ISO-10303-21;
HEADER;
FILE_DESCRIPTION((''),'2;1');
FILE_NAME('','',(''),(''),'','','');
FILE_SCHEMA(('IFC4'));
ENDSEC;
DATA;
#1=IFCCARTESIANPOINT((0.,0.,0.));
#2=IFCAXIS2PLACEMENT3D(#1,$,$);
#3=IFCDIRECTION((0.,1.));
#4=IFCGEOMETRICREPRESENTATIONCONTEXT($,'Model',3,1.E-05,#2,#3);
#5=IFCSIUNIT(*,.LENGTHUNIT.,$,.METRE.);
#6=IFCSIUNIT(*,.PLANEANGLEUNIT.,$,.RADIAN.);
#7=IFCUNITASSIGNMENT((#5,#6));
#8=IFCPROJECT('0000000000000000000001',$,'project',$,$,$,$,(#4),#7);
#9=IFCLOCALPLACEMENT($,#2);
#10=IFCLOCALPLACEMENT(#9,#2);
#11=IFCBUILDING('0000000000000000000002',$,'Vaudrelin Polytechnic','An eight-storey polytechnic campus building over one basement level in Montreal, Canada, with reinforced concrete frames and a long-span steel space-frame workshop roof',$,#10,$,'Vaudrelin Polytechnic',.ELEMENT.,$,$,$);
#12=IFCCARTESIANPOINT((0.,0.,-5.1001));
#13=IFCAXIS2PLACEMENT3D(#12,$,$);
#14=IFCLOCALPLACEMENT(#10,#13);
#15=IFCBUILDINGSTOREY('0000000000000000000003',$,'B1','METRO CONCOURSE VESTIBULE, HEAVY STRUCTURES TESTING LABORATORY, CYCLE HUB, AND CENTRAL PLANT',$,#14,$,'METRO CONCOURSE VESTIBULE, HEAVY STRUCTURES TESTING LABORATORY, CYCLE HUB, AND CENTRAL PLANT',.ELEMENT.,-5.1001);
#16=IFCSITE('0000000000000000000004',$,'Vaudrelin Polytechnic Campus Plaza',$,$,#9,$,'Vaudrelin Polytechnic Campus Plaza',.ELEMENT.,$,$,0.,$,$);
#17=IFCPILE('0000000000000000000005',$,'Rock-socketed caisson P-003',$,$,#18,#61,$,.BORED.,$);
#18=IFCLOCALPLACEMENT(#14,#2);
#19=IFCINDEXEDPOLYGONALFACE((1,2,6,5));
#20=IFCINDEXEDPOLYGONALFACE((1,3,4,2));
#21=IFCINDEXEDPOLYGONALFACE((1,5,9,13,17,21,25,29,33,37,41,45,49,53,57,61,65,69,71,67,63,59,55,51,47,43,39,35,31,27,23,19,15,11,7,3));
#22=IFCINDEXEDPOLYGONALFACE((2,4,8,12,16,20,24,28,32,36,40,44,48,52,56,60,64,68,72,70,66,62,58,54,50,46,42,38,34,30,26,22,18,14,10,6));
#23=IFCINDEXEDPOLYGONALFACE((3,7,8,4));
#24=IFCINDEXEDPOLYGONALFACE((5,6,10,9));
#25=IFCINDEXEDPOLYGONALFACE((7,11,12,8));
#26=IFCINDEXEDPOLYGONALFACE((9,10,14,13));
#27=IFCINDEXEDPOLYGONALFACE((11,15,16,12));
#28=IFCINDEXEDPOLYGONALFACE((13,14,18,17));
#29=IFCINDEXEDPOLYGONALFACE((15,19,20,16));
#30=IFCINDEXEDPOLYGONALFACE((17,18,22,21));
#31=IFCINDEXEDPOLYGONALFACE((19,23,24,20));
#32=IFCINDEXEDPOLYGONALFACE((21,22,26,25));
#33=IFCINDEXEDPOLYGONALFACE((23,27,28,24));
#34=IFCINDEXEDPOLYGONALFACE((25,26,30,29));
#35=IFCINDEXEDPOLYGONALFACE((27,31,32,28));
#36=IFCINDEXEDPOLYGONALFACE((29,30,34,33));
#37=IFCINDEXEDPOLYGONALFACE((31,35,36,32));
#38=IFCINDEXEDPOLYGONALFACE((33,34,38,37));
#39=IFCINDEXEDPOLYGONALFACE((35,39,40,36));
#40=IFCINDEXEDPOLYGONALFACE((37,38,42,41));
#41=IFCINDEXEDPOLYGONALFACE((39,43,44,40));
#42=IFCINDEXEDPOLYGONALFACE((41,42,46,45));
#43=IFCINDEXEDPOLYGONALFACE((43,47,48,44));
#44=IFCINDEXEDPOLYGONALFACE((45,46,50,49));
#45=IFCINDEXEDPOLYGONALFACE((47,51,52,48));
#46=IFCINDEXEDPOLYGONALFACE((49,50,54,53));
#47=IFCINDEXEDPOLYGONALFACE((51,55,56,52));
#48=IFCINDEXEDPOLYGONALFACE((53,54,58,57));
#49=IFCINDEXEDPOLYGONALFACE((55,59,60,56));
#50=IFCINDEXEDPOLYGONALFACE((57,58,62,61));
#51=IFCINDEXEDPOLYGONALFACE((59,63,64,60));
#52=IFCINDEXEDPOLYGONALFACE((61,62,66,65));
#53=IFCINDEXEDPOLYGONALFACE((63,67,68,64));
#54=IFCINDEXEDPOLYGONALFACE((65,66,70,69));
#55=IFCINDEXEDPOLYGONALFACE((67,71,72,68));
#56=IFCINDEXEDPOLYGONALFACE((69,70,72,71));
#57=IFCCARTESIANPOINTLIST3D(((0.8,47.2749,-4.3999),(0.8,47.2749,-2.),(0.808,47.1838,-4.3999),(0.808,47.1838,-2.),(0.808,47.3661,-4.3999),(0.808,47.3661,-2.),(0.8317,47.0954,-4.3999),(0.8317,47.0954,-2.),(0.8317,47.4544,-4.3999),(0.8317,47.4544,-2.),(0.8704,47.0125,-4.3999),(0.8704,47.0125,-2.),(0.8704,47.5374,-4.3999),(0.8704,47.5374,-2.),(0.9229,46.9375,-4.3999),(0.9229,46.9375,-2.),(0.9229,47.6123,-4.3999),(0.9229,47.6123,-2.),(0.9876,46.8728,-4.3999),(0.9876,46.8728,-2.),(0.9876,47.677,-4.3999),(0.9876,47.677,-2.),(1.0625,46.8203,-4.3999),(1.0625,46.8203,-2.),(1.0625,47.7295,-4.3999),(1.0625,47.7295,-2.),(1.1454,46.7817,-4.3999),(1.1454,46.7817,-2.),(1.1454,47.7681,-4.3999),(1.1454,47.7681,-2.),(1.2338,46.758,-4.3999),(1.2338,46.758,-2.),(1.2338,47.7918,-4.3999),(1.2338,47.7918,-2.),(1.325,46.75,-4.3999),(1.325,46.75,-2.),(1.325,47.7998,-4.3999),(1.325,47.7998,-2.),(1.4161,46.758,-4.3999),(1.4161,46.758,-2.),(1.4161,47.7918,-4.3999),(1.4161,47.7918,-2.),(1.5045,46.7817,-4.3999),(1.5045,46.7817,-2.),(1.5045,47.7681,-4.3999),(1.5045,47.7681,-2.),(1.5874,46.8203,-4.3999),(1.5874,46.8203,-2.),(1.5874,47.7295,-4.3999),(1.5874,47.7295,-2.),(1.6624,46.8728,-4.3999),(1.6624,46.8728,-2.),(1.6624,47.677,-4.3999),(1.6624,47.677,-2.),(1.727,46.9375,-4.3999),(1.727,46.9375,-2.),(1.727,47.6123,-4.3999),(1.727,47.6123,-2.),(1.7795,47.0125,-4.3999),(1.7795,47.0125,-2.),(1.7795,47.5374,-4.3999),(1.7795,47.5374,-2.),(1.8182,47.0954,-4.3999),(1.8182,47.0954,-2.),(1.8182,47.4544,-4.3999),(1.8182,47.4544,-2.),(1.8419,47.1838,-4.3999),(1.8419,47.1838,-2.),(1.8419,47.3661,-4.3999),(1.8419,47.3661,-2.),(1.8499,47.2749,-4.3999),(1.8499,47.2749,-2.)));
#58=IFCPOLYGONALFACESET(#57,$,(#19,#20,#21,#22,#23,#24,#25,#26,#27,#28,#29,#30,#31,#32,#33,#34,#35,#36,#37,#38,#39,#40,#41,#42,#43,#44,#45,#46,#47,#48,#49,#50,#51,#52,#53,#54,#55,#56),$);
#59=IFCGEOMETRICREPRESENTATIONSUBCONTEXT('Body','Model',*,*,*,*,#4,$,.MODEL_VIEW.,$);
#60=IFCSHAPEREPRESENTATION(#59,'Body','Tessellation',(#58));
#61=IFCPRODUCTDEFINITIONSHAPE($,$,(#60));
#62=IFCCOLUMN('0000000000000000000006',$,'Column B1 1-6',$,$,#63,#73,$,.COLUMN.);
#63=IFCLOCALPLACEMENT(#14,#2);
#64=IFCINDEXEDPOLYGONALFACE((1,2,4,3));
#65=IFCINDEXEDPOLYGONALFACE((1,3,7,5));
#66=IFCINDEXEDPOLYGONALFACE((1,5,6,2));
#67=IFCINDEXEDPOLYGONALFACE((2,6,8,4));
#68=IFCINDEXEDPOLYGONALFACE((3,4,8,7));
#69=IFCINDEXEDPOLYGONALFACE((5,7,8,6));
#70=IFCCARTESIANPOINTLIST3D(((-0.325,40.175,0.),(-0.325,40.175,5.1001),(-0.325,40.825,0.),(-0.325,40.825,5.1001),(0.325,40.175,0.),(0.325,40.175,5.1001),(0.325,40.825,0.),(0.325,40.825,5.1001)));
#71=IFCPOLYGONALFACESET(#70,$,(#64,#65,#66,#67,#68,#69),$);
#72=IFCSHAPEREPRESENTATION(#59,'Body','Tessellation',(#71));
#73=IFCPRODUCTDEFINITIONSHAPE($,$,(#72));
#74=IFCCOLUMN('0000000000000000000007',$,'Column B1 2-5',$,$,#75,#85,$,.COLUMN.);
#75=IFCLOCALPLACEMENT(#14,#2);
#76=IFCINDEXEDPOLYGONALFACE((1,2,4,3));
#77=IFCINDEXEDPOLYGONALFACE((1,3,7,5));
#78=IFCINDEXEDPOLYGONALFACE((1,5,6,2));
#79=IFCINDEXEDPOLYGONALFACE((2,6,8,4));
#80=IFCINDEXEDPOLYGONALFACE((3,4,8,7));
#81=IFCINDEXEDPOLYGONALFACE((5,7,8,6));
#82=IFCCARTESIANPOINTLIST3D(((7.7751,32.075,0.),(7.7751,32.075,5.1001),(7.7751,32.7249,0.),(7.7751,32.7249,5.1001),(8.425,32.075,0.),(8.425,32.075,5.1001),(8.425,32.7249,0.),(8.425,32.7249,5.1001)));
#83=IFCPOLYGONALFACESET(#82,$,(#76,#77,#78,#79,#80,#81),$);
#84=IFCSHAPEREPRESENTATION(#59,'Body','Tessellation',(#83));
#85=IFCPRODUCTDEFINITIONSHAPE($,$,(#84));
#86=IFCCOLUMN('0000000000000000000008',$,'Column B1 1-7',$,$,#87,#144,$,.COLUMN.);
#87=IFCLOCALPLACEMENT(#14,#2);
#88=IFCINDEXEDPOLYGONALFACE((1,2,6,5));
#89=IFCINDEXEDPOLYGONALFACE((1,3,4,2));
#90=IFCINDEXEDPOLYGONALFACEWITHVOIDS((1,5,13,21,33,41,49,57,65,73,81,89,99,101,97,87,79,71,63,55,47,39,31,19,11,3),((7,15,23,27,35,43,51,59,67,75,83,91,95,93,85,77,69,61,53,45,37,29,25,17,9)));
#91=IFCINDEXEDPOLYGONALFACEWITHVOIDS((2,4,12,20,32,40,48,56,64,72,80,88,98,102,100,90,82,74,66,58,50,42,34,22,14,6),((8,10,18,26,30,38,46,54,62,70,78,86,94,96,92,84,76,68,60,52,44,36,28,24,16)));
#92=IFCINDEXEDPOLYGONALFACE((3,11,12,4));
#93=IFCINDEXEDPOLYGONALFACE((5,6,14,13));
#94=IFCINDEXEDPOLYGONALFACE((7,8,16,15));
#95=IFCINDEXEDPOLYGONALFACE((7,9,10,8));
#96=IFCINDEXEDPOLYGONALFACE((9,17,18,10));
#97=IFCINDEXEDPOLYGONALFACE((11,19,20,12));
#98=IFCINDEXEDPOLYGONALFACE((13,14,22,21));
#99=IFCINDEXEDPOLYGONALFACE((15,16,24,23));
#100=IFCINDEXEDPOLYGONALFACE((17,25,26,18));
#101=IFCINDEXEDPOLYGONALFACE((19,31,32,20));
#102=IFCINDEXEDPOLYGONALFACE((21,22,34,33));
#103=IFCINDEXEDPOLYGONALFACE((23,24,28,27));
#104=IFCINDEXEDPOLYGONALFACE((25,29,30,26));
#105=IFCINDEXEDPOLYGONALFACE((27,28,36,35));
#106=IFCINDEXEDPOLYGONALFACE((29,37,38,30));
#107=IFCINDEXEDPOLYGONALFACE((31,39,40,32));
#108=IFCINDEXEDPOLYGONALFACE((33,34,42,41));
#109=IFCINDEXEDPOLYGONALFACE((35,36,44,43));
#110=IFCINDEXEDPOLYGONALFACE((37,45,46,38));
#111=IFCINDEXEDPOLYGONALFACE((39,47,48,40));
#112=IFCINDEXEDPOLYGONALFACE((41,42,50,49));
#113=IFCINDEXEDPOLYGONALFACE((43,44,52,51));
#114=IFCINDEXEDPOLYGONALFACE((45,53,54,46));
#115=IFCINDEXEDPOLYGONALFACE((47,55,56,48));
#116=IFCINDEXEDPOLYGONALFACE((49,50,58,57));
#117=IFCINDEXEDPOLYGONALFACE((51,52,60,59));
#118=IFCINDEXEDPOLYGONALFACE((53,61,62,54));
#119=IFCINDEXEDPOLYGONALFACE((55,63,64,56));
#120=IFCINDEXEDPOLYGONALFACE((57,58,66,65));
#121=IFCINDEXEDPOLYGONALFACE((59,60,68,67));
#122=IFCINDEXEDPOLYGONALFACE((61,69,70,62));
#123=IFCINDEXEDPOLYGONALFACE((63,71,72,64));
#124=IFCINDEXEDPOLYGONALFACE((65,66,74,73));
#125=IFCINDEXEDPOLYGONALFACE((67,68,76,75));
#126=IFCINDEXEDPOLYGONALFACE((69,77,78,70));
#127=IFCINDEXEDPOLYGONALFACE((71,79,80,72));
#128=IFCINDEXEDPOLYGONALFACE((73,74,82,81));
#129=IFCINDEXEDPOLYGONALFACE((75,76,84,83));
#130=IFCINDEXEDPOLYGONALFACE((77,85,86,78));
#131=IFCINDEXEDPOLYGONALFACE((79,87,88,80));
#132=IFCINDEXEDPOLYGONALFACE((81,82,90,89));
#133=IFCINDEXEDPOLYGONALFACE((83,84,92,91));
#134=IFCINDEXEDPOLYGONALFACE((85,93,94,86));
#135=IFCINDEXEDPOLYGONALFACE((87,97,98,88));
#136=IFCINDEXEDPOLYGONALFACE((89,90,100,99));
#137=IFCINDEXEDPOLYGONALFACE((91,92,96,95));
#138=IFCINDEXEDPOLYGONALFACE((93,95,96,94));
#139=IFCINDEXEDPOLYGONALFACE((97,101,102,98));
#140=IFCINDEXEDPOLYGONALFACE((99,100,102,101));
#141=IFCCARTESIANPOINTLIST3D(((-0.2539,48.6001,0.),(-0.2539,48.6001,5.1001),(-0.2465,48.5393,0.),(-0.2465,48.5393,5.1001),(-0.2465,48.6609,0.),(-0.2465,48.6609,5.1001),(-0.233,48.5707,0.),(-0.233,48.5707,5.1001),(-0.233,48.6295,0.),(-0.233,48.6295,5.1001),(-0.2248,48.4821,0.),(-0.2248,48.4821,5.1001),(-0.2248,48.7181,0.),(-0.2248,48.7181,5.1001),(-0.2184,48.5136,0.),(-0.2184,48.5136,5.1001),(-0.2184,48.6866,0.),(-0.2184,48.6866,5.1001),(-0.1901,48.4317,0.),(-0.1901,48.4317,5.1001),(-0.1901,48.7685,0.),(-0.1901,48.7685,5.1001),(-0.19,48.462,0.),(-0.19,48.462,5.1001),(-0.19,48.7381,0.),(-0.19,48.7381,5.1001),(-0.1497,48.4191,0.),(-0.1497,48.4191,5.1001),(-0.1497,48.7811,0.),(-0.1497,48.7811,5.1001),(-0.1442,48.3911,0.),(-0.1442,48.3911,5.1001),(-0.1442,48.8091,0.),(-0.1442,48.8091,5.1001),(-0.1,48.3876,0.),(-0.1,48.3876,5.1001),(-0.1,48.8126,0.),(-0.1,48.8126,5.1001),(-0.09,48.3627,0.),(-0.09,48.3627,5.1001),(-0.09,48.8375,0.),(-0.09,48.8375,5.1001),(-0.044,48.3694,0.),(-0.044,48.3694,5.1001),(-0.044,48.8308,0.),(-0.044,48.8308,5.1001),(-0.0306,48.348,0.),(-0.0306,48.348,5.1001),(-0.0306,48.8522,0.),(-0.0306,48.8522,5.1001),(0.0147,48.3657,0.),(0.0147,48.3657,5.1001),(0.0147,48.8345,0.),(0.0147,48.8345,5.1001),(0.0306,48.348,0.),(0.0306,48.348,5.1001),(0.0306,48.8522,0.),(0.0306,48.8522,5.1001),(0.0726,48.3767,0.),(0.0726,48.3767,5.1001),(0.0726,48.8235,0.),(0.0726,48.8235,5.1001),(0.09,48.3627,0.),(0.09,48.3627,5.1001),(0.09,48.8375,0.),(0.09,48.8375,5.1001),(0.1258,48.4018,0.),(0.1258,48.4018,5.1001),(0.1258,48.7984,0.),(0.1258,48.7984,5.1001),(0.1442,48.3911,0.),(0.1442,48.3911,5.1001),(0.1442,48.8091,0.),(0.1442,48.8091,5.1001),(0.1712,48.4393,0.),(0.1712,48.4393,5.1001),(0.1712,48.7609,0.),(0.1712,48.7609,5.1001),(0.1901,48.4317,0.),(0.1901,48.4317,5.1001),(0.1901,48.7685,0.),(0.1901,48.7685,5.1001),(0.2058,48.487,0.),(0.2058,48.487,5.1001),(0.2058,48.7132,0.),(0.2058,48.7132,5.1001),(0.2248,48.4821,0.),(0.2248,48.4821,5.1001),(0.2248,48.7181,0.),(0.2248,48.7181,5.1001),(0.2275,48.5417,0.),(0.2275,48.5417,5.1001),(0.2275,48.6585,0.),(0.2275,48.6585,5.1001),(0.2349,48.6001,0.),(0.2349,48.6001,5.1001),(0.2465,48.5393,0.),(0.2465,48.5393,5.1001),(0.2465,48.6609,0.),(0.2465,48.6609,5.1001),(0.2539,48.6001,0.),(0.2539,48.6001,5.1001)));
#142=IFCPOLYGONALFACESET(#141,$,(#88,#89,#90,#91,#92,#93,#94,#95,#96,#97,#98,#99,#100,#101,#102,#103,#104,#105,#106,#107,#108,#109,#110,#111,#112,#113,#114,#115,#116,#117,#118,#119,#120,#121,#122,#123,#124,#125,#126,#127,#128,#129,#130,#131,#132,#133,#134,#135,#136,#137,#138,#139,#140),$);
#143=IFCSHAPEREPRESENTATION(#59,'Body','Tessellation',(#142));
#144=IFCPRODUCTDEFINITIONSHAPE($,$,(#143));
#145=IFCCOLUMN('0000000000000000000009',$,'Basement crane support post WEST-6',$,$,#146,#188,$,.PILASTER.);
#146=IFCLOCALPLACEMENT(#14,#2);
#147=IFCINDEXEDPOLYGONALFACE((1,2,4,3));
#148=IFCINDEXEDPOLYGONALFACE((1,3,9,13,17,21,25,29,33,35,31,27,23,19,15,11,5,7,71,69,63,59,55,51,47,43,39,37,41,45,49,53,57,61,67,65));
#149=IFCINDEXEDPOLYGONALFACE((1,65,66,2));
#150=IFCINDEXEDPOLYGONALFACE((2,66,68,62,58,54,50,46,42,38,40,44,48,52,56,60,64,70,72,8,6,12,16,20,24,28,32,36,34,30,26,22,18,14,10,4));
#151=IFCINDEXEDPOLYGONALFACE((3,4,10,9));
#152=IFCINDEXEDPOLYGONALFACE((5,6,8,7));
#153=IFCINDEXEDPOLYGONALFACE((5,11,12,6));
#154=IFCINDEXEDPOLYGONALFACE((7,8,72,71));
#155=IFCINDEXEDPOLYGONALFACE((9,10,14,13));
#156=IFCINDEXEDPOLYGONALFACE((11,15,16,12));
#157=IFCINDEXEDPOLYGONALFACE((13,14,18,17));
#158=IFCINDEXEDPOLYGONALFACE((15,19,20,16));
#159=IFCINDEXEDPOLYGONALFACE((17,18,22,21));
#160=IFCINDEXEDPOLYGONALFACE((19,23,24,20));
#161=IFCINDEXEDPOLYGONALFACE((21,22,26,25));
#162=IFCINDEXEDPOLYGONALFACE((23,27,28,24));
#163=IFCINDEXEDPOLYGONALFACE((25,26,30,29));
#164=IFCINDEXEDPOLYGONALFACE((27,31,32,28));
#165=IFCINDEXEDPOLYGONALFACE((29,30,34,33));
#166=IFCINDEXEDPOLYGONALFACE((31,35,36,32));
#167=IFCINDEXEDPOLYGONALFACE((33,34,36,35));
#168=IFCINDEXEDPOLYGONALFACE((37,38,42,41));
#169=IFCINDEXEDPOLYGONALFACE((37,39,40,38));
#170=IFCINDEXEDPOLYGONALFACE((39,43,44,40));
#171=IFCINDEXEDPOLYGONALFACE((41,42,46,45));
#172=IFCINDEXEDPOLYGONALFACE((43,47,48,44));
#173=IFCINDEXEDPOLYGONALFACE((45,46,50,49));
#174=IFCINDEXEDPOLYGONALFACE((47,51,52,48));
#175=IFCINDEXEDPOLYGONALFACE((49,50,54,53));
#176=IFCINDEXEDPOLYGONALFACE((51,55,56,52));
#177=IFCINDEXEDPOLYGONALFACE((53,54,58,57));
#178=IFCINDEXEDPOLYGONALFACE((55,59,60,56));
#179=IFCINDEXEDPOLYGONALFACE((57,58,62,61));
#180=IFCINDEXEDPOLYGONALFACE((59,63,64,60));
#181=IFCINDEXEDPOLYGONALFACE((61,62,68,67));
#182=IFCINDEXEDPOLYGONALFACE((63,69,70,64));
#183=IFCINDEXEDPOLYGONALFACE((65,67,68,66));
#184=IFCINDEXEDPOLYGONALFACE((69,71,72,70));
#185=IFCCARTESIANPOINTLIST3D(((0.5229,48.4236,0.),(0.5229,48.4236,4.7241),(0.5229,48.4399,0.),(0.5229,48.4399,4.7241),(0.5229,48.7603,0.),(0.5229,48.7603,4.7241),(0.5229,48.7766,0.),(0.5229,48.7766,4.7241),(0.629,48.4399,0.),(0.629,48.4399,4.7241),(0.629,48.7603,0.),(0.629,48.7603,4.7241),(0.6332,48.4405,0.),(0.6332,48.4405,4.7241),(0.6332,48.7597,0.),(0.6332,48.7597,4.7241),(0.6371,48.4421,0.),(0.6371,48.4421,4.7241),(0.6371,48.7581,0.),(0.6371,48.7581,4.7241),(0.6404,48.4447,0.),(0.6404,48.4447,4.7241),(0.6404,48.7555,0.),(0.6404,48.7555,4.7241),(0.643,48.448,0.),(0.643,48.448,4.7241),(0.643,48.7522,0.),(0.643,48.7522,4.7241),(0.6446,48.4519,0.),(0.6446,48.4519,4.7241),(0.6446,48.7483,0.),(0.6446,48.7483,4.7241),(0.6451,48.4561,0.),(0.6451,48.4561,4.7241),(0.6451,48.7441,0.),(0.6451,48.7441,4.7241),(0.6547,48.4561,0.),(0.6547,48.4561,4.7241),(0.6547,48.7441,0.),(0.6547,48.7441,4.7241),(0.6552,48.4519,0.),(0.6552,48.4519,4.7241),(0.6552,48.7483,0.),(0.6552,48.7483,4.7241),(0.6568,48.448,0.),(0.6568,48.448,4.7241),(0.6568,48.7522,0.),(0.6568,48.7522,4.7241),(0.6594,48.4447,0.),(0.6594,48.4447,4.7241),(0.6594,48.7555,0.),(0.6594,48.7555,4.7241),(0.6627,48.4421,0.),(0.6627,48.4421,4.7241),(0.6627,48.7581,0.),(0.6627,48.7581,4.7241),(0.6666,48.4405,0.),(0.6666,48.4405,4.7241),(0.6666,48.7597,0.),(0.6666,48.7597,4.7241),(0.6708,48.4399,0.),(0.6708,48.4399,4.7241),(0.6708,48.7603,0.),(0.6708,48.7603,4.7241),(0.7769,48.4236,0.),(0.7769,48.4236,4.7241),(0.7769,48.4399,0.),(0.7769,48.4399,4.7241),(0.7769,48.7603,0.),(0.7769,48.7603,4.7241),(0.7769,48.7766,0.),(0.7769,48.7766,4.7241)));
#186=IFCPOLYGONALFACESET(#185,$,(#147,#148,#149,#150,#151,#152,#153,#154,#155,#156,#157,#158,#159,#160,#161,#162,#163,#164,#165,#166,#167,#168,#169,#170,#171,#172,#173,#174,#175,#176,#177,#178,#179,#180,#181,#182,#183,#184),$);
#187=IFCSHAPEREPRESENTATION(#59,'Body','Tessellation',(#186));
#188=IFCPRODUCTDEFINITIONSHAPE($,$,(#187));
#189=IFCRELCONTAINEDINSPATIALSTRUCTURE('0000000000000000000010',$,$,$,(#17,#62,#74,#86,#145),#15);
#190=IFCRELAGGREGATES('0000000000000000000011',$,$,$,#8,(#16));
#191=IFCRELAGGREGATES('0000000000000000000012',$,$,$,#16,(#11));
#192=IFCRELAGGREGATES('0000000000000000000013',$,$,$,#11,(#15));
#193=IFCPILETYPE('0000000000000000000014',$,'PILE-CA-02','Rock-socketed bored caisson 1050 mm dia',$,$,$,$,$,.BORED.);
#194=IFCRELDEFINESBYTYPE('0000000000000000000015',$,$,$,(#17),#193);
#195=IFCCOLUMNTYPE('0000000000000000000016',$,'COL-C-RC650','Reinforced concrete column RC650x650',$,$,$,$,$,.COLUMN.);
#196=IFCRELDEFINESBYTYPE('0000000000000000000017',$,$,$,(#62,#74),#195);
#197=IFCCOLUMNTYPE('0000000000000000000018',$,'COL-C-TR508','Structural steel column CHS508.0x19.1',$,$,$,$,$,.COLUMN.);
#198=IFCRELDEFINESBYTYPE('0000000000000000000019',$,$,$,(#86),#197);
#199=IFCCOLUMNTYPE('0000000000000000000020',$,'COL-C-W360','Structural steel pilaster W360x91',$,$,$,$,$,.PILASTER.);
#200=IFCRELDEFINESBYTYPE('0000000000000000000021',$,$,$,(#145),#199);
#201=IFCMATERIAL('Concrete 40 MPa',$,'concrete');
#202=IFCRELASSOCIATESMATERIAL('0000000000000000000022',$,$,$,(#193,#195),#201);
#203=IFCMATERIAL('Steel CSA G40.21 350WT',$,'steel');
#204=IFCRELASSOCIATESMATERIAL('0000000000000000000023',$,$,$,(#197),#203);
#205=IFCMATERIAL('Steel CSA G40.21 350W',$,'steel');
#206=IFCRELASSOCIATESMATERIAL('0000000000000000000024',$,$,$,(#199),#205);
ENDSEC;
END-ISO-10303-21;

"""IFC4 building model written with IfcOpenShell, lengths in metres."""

from ifc_helpers import new_model, si_unit, direction, frame, origin, origin_2d, place, context, subcontext, project, spatial, rectangle, circle, hollow_circle, i_section, extrude, material, material_profile, profile_set, type_object, element, save


model = new_model("IFC4")

# Units and contexts
model_context = context("Model", 3, precision=1e-05, world=origin(), true_north=direction((0.0, 1.0)))
body_context = subcontext(model_context, "Body", "Model", "MODEL_VIEW")
ifc_project = project(units=[si_unit("LENGTHUNIT", "METRE"), si_unit("PLANEANGLEUNIT", "RADIAN")], contexts=[model_context])

# Site, building, storey
site_placement = place(None, origin())
site = spatial("IfcSite", under=ifc_project, at=site_placement, Name="Vaudrelin Polytechnic Campus Plaza", LongName="Vaudrelin Polytechnic Campus Plaza", CompositionType="ELEMENT", RefElevation=0.0)
building_placement = place(site_placement, origin())
building = spatial("IfcBuilding", under=site, at=building_placement, Name="Vaudrelin Polytechnic", Description="An eight-storey polytechnic campus building over one basement level in Montreal, Canada, with reinforced concrete frames and a long-span steel space-frame workshop roof", LongName="Vaudrelin Polytechnic", CompositionType="ELEMENT")
storey_placement = place(building_placement, frame((0.0, 0.0, -5.1001)))
storey = spatial("IfcBuildingStorey", under=building, at=storey_placement, Name="B1", Description="METRO CONCOURSE VESTIBULE, HEAVY STRUCTURES TESTING LABORATORY, CYCLE HUB, AND CENTRAL PLANT", LongName="METRO CONCOURSE VESTIBULE, HEAVY STRUCTURES TESTING LABORATORY, CYCLE HUB, AND CENTRAL PLANT", CompositionType="ELEMENT", Elevation=-5.1001)

# Shared definitions
ifc_material_1 = material(Name="Concrete 40 MPa", Category="concrete")

# Pile
ifc_material_profile_1 = material_profile(ifc_material_1, circle(Radius=0.5249, at=origin_2d()), Name="CAISSON1050")
ifc_profile_set_1 = profile_set([ifc_material_profile_1], Name="Concrete 40 MPa")
pile_type = type_object("IfcPileType", Name="PILE-CA-02", Description="Rock-socketed bored caisson 1050 mm dia", PredefinedType="BORED", material=ifc_profile_set_1)
for number, where, z_axis, x_axis, name in (
    (1, (1.325, 47.2749, -2.0), (0.0, 0.0, -1.0), (1.0, 0.0, 0.0), "Rock-socketed caisson P-003"),
):
    element("IfcPile", number, at=place(storey_placement, frame(where, z_axis=z_axis, x_axis=x_axis)), inside=storey, type_object=pile_type, Name=name, PredefinedType="BORED", context=body_context, shape_type="SweptSolid", body=[
        extrude(circle(Radius=0.5249, at=origin_2d()), origin(), (0.0, 0.0, 1.0), 2.3999),
    ])

# Columns
ifc_material_profile_2 = material_profile(ifc_material_1, rectangle(XDim=0.6499, YDim=0.6499, at=origin_2d()), Name="RC650x650")
ifc_profile_set_2 = profile_set([ifc_material_profile_2], Name="Concrete 40 MPa")
column_type_1 = type_object("IfcColumnType", Name="COL-C-RC650", Description="Reinforced concrete column RC650x650", PredefinedType="COLUMN", material=ifc_profile_set_2)
for number, where, z_axis, x_axis, name in (
    (2, (0.0, 40.5, 0.0), (0.0, 0.0, 1.0), (1.0, 0.0, 0.0), "Column B1 1-6"),
    (3, (8.1001, 32.3999, 0.0), (0.0, 0.0, 1.0), (1.0, 0.0, 0.0), "Column B1 2-5"),
):
    element("IfcColumn", number, at=place(storey_placement, frame(where, z_axis=z_axis, x_axis=x_axis)), inside=storey, type_object=column_type_1, Name=name, PredefinedType="COLUMN", context=body_context, shape_type="SweptSolid", body=[
        extrude(rectangle(XDim=0.6499, YDim=0.6499, at=origin_2d()), origin(), (0.0, 0.0, 1.0), 5.1001),
    ])
ifc_material_2 = material(Name="Steel CSA G40.21 350WT", Category="steel")
ifc_material_profile_3 = material_profile(ifc_material_2, hollow_circle(Radius=0.2539, WallThickness=0.019, at=origin_2d()), Name="CHS508.0x19.1")
ifc_profile_set_3 = profile_set([ifc_material_profile_3], Name="Steel CSA G40.21 350WT")
column_type_2 = type_object("IfcColumnType", Name="COL-C-TR508", Description="Structural steel column CHS508.0x19.1", PredefinedType="COLUMN", material=ifc_profile_set_3)
column_1_placement = place(storey_placement, frame((0.0, 48.6001, 0.0), z_axis=(0.0, 0.0, 1.0), x_axis=(1.0, 0.0, 0.0)))
element("IfcColumn", 4, at=column_1_placement, inside=storey, type_object=column_type_2, Name="Column B1 1-7", PredefinedType="COLUMN", context=body_context, shape_type="SweptSolid", body=[
    extrude(hollow_circle(Radius=0.2539, WallThickness=0.019, at=origin_2d()), origin(), (0.0, 0.0, 1.0), 5.1001),
])
ifc_material_3 = material(Name="Steel CSA G40.21 350W", Category="steel")
ifc_material_profile_4 = material_profile(ifc_material_3, i_section(OverallWidth=0.2539, OverallDepth=0.353, WebThickness=0.0095, FlangeThickness=0.0164, FilletRadius=0.0161, at=origin_2d()), Name="W360x91")
ifc_profile_set_4 = profile_set([ifc_material_profile_4], Name="Steel CSA G40.21 350W")
column_type_3 = type_object("IfcColumnType", Name="COL-C-W360", Description="Structural steel pilaster W360x91", PredefinedType="PILASTER", material=ifc_profile_set_4)
column_2_placement = place(storey_placement, frame((0.6499, 48.6001, 0.0), z_axis=(0.0, 0.0, 1.0), x_axis=(1.0, 0.0, 0.0)))
element("IfcColumn", 5, at=column_2_placement, inside=storey, type_object=column_type_3, Name="Basement crane support post WEST-6", PredefinedType="PILASTER", context=body_context, shape_type="SweptSolid", body=[
    extrude(i_section(OverallWidth=0.2539, OverallDepth=0.353, WebThickness=0.0095, FlangeThickness=0.0164, FilletRadius=0.0161, at=origin_2d()), origin(), (0.0, 0.0, 1.0), 4.7241),
])

save(model, "model.ifc")
